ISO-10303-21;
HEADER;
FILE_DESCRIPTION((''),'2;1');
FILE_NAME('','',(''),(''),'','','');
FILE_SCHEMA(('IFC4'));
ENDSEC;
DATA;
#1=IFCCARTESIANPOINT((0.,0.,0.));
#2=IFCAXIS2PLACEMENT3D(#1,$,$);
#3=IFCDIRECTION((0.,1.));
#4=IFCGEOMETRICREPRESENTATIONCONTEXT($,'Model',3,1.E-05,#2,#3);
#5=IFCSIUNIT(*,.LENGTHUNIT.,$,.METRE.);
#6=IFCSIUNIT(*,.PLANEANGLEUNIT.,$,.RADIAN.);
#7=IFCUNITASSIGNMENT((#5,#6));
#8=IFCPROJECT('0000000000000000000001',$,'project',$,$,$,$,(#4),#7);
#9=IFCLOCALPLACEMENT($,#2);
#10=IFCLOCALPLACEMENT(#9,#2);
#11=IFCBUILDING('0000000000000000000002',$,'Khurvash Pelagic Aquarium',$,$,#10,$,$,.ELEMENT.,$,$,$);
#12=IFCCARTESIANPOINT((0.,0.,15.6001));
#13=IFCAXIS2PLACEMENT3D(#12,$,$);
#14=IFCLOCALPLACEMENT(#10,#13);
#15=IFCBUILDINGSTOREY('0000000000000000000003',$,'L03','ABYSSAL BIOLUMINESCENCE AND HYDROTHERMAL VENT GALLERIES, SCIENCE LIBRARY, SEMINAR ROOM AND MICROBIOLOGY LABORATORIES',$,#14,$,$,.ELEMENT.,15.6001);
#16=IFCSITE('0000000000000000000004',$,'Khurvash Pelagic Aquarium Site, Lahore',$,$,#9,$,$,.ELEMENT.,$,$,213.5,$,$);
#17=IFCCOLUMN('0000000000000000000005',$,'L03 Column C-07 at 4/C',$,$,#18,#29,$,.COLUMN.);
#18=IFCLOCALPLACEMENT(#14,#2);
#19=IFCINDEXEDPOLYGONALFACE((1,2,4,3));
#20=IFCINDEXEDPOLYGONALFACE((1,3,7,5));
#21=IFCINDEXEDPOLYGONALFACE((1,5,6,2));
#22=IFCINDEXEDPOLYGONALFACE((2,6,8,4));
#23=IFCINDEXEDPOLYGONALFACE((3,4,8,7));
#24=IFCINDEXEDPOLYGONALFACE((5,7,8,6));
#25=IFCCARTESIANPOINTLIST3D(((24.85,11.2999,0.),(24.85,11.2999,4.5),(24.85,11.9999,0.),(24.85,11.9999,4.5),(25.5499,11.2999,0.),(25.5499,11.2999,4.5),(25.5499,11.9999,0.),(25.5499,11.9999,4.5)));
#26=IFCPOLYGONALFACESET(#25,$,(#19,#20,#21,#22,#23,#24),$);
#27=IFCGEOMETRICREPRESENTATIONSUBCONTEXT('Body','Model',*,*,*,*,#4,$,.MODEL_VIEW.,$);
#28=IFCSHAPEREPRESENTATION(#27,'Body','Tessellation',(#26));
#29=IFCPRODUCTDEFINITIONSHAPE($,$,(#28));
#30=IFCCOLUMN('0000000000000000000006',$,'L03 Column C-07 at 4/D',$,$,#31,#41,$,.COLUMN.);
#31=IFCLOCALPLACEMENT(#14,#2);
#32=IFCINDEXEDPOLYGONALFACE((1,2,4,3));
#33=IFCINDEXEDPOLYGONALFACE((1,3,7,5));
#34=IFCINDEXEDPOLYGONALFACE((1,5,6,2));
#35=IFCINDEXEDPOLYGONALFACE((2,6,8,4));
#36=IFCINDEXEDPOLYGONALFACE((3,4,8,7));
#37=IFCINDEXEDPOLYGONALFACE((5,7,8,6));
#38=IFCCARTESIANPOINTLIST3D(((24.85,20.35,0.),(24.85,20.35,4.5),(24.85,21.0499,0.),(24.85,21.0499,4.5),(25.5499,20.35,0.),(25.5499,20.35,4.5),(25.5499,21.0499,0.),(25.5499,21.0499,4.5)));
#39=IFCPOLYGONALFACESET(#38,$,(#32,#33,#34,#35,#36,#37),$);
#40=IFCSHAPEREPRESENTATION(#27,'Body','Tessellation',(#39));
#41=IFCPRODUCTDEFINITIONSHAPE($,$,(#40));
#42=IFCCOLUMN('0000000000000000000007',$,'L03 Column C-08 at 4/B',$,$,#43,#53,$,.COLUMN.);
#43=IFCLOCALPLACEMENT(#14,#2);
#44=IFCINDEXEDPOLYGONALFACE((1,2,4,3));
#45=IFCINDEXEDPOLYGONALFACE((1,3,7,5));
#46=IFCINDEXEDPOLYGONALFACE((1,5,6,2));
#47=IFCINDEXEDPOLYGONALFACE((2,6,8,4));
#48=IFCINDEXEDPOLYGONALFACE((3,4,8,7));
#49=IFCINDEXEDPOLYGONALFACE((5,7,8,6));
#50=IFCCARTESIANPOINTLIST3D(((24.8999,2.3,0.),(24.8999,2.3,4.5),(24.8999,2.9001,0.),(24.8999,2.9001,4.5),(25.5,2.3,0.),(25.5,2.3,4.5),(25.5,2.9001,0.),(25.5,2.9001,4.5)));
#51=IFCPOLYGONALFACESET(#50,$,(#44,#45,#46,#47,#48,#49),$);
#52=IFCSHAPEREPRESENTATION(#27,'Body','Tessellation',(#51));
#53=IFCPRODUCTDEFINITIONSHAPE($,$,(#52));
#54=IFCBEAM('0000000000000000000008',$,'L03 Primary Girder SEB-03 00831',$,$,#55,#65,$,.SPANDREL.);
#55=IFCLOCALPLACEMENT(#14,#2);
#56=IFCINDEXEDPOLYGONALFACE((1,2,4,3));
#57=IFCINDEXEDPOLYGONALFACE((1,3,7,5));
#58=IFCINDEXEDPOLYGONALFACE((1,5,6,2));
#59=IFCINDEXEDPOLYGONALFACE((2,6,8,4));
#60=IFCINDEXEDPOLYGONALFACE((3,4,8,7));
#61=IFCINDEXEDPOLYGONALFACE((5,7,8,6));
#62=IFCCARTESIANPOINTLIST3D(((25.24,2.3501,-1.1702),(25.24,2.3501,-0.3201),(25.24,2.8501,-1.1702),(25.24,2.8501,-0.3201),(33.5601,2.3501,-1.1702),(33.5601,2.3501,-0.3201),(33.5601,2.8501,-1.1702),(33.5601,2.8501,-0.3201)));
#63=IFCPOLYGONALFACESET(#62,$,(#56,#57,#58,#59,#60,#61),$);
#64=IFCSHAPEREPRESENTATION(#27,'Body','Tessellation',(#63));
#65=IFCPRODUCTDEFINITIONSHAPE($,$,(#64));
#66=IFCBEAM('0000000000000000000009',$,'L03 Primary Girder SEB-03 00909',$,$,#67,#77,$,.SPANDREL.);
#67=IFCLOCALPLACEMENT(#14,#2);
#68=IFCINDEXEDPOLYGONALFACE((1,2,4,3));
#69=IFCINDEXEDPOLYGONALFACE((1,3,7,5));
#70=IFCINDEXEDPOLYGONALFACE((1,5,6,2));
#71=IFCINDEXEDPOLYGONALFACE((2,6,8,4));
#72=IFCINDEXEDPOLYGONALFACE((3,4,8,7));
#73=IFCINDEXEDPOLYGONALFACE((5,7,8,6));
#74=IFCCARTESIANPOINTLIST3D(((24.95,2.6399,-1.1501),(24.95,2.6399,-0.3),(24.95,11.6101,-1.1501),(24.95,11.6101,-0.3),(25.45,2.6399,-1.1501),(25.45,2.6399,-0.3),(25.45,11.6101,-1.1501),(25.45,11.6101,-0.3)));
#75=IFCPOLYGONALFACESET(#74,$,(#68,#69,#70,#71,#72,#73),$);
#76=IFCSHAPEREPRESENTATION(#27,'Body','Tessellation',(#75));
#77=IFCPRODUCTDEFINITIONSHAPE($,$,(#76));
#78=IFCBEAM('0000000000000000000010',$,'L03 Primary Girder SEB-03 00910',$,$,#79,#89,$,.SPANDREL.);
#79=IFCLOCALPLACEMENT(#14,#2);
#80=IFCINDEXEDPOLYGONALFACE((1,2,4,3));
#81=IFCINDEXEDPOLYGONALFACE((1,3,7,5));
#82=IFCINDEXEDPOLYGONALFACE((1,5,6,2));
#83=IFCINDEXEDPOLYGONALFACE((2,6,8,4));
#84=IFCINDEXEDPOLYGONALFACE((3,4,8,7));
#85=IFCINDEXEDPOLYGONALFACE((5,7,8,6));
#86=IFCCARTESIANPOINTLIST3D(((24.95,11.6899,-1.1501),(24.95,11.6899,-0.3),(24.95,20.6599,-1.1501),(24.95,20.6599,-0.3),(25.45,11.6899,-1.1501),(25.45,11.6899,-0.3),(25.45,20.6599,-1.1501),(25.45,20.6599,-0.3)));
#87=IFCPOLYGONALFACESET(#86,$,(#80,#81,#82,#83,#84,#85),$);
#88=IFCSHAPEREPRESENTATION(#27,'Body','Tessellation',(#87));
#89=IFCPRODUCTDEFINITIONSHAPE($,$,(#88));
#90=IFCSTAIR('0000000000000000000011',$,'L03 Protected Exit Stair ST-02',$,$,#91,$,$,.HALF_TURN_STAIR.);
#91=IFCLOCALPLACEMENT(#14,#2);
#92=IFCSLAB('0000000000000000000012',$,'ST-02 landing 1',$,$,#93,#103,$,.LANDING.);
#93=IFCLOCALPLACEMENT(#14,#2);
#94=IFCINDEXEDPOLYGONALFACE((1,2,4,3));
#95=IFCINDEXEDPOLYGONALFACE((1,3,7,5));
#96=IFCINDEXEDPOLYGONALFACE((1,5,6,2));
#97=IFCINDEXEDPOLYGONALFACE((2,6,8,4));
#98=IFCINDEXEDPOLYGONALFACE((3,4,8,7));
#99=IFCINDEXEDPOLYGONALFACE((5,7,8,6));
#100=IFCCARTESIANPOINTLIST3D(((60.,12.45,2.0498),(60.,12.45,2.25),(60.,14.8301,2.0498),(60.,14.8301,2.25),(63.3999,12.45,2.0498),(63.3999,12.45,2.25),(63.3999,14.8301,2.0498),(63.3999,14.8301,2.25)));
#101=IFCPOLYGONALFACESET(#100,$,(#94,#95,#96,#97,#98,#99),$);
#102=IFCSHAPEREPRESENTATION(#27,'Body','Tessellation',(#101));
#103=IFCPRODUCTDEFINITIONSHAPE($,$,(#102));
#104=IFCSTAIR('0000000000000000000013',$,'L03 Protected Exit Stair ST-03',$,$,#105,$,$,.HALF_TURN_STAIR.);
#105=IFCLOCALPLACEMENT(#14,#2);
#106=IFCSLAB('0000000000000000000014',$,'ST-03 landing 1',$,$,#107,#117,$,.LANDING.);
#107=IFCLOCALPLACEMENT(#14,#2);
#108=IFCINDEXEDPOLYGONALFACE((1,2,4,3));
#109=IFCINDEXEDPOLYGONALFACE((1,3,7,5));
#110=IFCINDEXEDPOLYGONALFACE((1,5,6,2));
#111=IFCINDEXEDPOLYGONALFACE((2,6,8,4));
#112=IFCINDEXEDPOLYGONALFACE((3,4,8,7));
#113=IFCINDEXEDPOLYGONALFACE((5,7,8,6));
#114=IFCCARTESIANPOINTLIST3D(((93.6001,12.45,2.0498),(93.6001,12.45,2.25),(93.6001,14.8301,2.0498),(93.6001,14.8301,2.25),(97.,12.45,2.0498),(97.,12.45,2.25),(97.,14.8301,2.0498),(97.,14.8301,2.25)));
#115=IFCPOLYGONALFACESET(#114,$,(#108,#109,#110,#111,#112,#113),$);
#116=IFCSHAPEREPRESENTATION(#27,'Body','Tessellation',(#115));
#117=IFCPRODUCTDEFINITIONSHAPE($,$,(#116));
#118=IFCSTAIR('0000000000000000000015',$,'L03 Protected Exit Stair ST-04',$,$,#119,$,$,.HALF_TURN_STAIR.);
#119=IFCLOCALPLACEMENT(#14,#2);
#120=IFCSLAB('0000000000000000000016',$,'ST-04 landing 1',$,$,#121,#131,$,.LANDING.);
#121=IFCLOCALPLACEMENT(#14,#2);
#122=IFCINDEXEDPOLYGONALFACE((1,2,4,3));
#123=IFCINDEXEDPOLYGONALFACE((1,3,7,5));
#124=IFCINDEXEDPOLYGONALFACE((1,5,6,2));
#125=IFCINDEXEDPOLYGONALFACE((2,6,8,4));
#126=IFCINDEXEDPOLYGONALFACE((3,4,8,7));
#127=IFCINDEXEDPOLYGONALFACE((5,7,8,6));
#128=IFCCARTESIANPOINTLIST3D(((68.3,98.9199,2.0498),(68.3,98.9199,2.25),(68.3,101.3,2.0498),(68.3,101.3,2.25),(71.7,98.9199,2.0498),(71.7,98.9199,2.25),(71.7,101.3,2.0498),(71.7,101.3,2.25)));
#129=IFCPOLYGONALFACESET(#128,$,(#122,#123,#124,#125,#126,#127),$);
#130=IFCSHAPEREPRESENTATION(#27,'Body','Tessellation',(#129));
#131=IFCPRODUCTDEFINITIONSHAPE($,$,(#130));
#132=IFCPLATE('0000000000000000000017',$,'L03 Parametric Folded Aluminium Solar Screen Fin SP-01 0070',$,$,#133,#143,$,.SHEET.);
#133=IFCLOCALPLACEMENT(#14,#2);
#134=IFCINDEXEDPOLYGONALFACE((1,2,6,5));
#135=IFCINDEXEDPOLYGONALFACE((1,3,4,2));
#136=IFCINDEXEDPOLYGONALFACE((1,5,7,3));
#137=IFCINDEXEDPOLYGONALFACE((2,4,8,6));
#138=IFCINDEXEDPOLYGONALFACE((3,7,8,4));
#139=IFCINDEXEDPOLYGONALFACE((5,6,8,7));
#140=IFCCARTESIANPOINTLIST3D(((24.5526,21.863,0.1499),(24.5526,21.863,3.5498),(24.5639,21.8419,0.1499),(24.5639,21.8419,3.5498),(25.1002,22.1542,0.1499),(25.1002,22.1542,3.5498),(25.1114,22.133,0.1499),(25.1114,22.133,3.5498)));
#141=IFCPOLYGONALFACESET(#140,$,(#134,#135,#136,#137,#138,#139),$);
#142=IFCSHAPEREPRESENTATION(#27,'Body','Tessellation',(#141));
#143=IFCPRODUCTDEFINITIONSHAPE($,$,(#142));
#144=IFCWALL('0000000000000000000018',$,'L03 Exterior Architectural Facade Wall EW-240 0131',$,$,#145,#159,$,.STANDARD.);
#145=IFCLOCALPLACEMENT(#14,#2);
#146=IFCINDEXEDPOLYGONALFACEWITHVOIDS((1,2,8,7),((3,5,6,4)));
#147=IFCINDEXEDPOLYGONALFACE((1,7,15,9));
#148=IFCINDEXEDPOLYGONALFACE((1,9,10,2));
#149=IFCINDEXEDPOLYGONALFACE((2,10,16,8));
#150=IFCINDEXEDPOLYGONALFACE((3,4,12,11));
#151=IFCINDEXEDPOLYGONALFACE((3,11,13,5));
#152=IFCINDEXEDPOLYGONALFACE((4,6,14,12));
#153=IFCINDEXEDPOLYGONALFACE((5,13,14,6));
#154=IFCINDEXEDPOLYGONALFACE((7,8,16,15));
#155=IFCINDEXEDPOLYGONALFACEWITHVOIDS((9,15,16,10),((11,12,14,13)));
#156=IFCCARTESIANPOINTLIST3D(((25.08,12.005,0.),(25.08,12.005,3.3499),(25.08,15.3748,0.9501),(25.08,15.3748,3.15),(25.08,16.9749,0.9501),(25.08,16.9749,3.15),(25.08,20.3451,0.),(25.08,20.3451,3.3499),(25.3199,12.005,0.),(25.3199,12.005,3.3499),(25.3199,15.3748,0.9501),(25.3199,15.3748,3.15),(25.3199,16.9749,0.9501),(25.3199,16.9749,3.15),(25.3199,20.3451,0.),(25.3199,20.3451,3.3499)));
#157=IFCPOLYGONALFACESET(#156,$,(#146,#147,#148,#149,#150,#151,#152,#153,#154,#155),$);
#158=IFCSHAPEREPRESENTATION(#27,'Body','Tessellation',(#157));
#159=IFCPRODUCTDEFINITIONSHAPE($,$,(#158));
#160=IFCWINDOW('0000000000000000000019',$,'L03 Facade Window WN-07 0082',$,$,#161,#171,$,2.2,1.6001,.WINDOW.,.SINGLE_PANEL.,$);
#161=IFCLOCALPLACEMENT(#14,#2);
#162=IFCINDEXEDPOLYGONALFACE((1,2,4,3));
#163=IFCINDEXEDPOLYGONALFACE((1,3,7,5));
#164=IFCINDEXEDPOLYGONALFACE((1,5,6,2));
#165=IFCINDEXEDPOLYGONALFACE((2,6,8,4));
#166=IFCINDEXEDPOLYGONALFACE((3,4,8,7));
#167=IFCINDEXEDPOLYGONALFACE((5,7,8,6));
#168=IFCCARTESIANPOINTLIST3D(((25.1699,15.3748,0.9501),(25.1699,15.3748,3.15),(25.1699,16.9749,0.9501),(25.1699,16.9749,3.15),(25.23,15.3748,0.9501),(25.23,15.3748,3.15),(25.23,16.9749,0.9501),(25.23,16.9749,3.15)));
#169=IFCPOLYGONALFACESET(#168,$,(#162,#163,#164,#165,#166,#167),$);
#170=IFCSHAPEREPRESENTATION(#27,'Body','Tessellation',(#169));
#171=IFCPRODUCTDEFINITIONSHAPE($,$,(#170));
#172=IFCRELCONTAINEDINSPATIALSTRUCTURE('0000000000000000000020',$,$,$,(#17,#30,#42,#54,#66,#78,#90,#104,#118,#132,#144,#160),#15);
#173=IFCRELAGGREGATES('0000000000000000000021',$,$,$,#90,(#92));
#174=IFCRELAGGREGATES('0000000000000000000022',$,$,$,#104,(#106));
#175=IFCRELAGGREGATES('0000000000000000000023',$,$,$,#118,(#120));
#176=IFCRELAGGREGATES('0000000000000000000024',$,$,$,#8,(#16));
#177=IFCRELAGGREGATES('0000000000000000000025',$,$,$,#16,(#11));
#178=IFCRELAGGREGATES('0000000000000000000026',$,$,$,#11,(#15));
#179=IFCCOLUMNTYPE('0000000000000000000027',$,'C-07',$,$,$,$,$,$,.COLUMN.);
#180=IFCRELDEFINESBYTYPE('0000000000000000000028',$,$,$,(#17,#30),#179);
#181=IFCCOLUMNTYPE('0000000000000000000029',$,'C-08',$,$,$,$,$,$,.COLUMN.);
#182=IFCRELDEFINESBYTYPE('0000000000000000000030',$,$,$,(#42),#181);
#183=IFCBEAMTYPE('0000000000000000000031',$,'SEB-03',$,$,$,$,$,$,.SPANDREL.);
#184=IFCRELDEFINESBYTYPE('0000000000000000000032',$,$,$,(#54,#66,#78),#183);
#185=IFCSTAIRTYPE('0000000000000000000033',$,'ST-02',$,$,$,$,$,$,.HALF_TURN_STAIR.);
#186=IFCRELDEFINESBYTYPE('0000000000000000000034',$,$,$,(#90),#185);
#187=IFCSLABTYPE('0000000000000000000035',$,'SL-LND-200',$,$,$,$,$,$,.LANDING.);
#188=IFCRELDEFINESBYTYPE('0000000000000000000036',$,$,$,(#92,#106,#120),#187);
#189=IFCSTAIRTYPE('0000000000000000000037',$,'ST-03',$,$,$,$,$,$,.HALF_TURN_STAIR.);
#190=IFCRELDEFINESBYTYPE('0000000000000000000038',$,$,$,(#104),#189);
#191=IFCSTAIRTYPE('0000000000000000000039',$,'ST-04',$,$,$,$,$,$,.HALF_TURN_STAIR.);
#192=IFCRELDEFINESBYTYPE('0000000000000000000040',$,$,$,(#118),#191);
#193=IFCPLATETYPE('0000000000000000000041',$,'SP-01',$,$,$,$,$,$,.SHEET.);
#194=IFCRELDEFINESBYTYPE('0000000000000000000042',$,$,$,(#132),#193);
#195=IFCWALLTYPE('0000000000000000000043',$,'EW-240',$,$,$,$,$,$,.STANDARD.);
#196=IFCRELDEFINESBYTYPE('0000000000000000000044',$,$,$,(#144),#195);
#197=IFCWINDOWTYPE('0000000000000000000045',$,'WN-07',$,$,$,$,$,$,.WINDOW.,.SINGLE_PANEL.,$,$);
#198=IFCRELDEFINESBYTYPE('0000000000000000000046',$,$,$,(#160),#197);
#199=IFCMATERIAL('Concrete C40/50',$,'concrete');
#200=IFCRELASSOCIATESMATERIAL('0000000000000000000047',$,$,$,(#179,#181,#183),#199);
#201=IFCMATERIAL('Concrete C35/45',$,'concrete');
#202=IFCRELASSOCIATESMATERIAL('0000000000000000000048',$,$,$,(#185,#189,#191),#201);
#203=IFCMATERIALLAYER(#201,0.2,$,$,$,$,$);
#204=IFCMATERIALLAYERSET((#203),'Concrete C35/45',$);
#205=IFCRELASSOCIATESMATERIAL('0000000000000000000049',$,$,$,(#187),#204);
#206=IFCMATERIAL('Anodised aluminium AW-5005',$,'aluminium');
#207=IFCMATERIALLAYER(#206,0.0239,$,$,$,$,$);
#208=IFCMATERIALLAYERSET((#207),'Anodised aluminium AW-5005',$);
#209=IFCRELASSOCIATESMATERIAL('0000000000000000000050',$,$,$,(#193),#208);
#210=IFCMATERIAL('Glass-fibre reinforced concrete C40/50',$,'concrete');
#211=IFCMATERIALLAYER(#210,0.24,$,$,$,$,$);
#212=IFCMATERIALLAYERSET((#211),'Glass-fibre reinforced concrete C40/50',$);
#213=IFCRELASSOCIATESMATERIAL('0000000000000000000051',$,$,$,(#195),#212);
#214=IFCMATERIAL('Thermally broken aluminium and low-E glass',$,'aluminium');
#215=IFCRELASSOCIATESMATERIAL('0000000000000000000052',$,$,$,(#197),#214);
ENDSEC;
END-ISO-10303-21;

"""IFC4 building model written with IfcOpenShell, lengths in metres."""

from ifc_helpers import new_model, si_unit, direction, frame, frame_2d, origin, origin_2d, place, context, subcontext, project, spatial, polyline, rectangle, outline, extrude, material, layer, layer_set, material_profile, profile_set, type_object, element, fill, aggregate, save


model = new_model("IFC4")

# Units and contexts
model_context = context("Model", 3, precision=1e-05, world=origin(), true_north=direction((0.0, 1.0)))
body_context = subcontext(model_context, "Body", "Model", "MODEL_VIEW")
ifc_project = project(units=[si_unit("LENGTHUNIT", "METRE"), si_unit("PLANEANGLEUNIT", "RADIAN")], contexts=[model_context])

# Site, building, storey
site_placement = place(None, origin())
site = spatial("IfcSite", under=ifc_project, at=site_placement, Name="Khurvash Pelagic Aquarium Site, Lahore", CompositionType="ELEMENT", RefElevation=213.5)
building_placement = place(site_placement, origin())
building = spatial("IfcBuilding", under=site, at=building_placement, Name="Khurvash Pelagic Aquarium", CompositionType="ELEMENT")
storey_placement = place(building_placement, frame((0.0, 0.0, 15.6001)))
storey = spatial("IfcBuildingStorey", under=building, at=storey_placement, Name="L03", Description="ABYSSAL BIOLUMINESCENCE AND HYDROTHERMAL VENT GALLERIES, SCIENCE LIBRARY, SEMINAR ROOM AND MICROBIOLOGY LABORATORIES", CompositionType="ELEMENT", Elevation=15.6001)

# Columns
ifc_material_1 = material(Name="Concrete C40/50", Category="concrete")
ifc_material_profile_1 = material_profile(ifc_material_1, rectangle(XDim=0.7, YDim=0.7, at=origin_2d()), Name="RC700X700")
ifc_profile_set_1 = profile_set([ifc_material_profile_1], Name="Concrete C40/50")
column_type_1 = type_object("IfcColumnType", Name="C-07", PredefinedType="COLUMN", material=ifc_profile_set_1)
for number, where, z_axis, x_axis, name in (
    (1, (25.2, 11.6499, 0.0), (0.0, 0.0, 1.0), (1.0, 0.0, 0.0), "L03 Column C-07 at 4/C"),
    (2, (25.2, 20.7, 0.0), (0.0, 0.0, 1.0), (1.0, 0.0, 0.0), "L03 Column C-07 at 4/D"),
):
    element("IfcColumn", number, at=place(storey_placement, frame(where, z_axis=z_axis, x_axis=x_axis)), inside=storey, type_object=column_type_1, Name=name, PredefinedType="COLUMN", context=body_context, shape_type="SweptSolid", body=[
        extrude(rectangle(XDim=0.7, YDim=0.7, at=origin_2d()), origin(), (0.0, 0.0, 1.0), 4.5),
    ])
ifc_material_profile_2 = material_profile(ifc_material_1, rectangle(XDim=0.6001, YDim=0.6001, at=origin_2d()), Name="RC600X600")
ifc_profile_set_2 = profile_set([ifc_material_profile_2], Name="Concrete C40/50")
column_type_2 = type_object("IfcColumnType", Name="C-08", PredefinedType="COLUMN", material=ifc_profile_set_2)
column_placement = place(storey_placement, frame((25.2, 2.6001, 0.0), z_axis=(0.0, 0.0, 1.0), x_axis=(1.0, 0.0, 0.0)))
element("IfcColumn", 3, at=column_placement, inside=storey, type_object=column_type_2, Name="L03 Column C-08 at 4/B", PredefinedType="COLUMN", context=body_context, shape_type="SweptSolid", body=[
    extrude(rectangle(XDim=0.6001, YDim=0.6001, at=origin_2d()), origin(), (0.0, 0.0, 1.0), 4.5),
])

# Beams
ifc_material_profile_3 = material_profile(ifc_material_1, rectangle(XDim=0.5, YDim=0.8501, at=origin_2d()), Name="RC500X850")
ifc_profile_set_3 = profile_set([ifc_material_profile_3], Name="Concrete C40/50")
beam_type = type_object("IfcBeamType", Name="SEB-03", PredefinedType="SPANDREL", material=ifc_profile_set_3)
beam_1_placement = place(storey_placement, frame((25.24, 2.6001, -0.7451), z_axis=(1.0, 0.0, 0.0), x_axis=(0.0, 1.0, 0.0)))
element("IfcBeam", 4, at=beam_1_placement, inside=storey, type_object=beam_type, Name="L03 Primary Girder SEB-03 00831", PredefinedType="SPANDREL", context=body_context, shape_type="SweptSolid", body=[
    extrude(rectangle(XDim=0.5, YDim=0.8501, at=origin_2d()), origin(), (0.0, 0.0, 1.0), 8.3201),
])
beam_2_placement = place(storey_placement, frame((25.2, 2.6399, -0.7251), z_axis=(0.0, 1.0, 0.0), x_axis=(-1.0, 0.0, 0.0)))
element("IfcBeam", 5, at=beam_2_placement, inside=storey, type_object=beam_type, Name="L03 Primary Girder SEB-03 00909", PredefinedType="SPANDREL", context=body_context, shape_type="SweptSolid", body=[
    extrude(rectangle(XDim=0.5, YDim=0.8501, at=origin_2d()), origin(), (0.0, 0.0, 1.0), 8.9702),
])
beam_3_placement = place(storey_placement, frame((25.2, 11.6899, -0.7251), z_axis=(0.0, 1.0, 0.0), x_axis=(-1.0, 0.0, 0.0)))
element("IfcBeam", 6, at=beam_3_placement, inside=storey, type_object=beam_type, Name="L03 Primary Girder SEB-03 00910", PredefinedType="SPANDREL", context=body_context, shape_type="SweptSolid", body=[
    extrude(rectangle(XDim=0.5, YDim=0.8501, at=origin_2d()), origin(), (0.0, 0.0, 1.0), 8.97),
])

# Stairs, slabs
ifc_material_2 = material(Name="Concrete C35/45", Category="concrete")
stair_type_1 = type_object("IfcStairType", Name="ST-02", PredefinedType="HALF_TURN_STAIR", material=ifc_material_2)
stair_1_placement = place(storey_placement, origin())
stair_1 = element("IfcStair", 7, at=stair_1_placement, inside=storey, type_object=stair_type_1, Name="L03 Protected Exit Stair ST-02", PredefinedType="HALF_TURN_STAIR")
ifc_layer_1 = layer(ifc_material_2, 0.2)
ifc_layer_set_1 = layer_set([ifc_layer_1], Name="Concrete C35/45")
slab_type = type_object("IfcSlabType", Name="SL-LND-200", PredefinedType="LANDING", material=ifc_layer_set_1)
slab_1_placement = place(storey_placement, frame((0.0, 0.0, 2.0498)))
slab_1 = element("IfcSlab", 8, at=slab_1_placement, type_object=slab_type, Name="ST-02 landing 1", PredefinedType="LANDING", context=body_context, shape_type="SweptSolid", body=[
    extrude(outline(polyline([(60.0, 14.8301), (60.0, 12.45), (63.3999, 12.45), (63.3999, 14.8301), (60.0, 14.8301)])), origin(), (0.0, 0.0, 1.0), 0.2002),
])
aggregate(stair_1, [slab_1])
stair_type_2 = type_object("IfcStairType", Name="ST-03", PredefinedType="HALF_TURN_STAIR", material=ifc_material_2)
stair_2_placement = place(storey_placement, origin())
stair_2 = element("IfcStair", 9, at=stair_2_placement, inside=storey, type_object=stair_type_2, Name="L03 Protected Exit Stair ST-03", PredefinedType="HALF_TURN_STAIR")
slab_2_placement = place(storey_placement, frame((0.0, 0.0, 2.0498)))
slab_2 = element("IfcSlab", 10, at=slab_2_placement, type_object=slab_type, Name="ST-03 landing 1", PredefinedType="LANDING", context=body_context, shape_type="SweptSolid", body=[
    extrude(outline(polyline([(93.6001, 14.8301), (93.6001, 12.45), (97.0, 12.45), (97.0, 14.8301), (93.6001, 14.8301)])), origin(), (0.0, 0.0, 1.0), 0.2002),
])
aggregate(stair_2, [slab_2])
stair_type_3 = type_object("IfcStairType", Name="ST-04", PredefinedType="HALF_TURN_STAIR", material=ifc_material_2)
stair_3_placement = place(storey_placement, origin())
stair_3 = element("IfcStair", 11, at=stair_3_placement, inside=storey, type_object=stair_type_3, Name="L03 Protected Exit Stair ST-04", PredefinedType="HALF_TURN_STAIR")
slab_3_placement = place(storey_placement, frame((0.0, 0.0, 2.0498)))
slab_3 = element("IfcSlab", 12, at=slab_3_placement, type_object=slab_type, Name="ST-04 landing 1", PredefinedType="LANDING", context=body_context, shape_type="SweptSolid", body=[
    extrude(outline(polyline([(71.7, 98.9199), (71.7, 101.3), (68.3, 101.3), (68.3, 98.9199), (71.7, 98.9199)])), origin(), (0.0, 0.0, 1.0), 0.2002),
])
aggregate(stair_3, [slab_3])

# Plate
ifc_material_3 = material(Name="Anodised aluminium AW-5005", Category="aluminium")
ifc_layer_2 = layer(ifc_material_3, 0.0239)
ifc_layer_set_2 = layer_set([ifc_layer_2], Name="Anodised aluminium AW-5005")
plate_type = type_object("IfcPlateType", Name="SP-01", PredefinedType="SHEET", material=ifc_layer_set_2)
plate_placement = place(storey_placement, frame((24.832, 21.998, 0.1499), z_axis=(0.0, 0.0, 1.0), x_axis=(-0.882948, -0.469472, 0.0)))
element("IfcPlate", 13, at=plate_placement, inside=storey, type_object=plate_type, Name="L03 Parametric Folded Aluminium Solar Screen Fin SP-01 0070", PredefinedType="SHEET", context=body_context, shape_type="SweptSolid", body=[
    extrude(rectangle(XDim=0.6201, YDim=0.0239, at=origin_2d()), origin(), (0.0, 0.0, 1.0), 3.3999),
])

# Wall, opening, window
ifc_material_4 = material(Name="Glass-fibre reinforced concrete C40/50", Category="concrete")
ifc_layer_3 = layer(ifc_material_4, 0.24)
ifc_layer_set_3 = layer_set([ifc_layer_3], Name="Glass-fibre reinforced concrete C40/50")
wall_type = type_object("IfcWallType", Name="EW-240", PredefinedType="STANDARD", material=ifc_layer_set_3)
wall_1_placement = place(storey_placement, frame((25.2, 20.345, 0.0), z_axis=(0.0, 0.0, 1.0), x_axis=(0.0, -1.0, 0.0)))
wall_1 = element("IfcWall", 14, at=wall_1_placement, inside=storey, type_object=wall_type, Name="L03 Exterior Architectural Facade Wall EW-240 0131", PredefinedType="STANDARD", context=body_context, shape_type="SweptSolid", body=[
    extrude(rectangle(XDim=8.3401, YDim=0.24, at=frame_2d((4.1699, 0.0))), origin(), (0.0, 0.0, 1.0), 3.3499),
])
opening_1_placement = place(wall_1_placement, frame((3.3701, 0.0, 0.95)))
opening_1 = element("IfcOpeningElement", 15, at=opening_1_placement, cuts=wall_1, PredefinedType="OPENING", context=body_context, shape_type="SweptSolid", body=[
    extrude(rectangle(XDim=1.6001, YDim=2.2, at=frame_2d((0.8, 1.1001))), frame((0.0, 0.1299, 0.0), z_axis=(0.0, -1.0, 0.0), x_axis=(1.0, 0.0, 0.0)), (0.0, 0.0, 1.0), 0.26),
])
ifc_material_5 = material(Name="Thermally broken aluminium and low-E glass", Category="aluminium")
window_type_1 = type_object("IfcWindowType", Name="WN-07", PartitioningType="SINGLE_PANEL", PredefinedType="WINDOW", material=ifc_material_5)
window_1_placement = place(opening_1_placement, origin())
window_1 = element("IfcWindow", 16, at=window_1_placement, inside=storey, type_object=window_type_1, Name="L03 Facade Window WN-07 0082", OverallHeight=2.2, OverallWidth=1.6001, PartitioningType="SINGLE_PANEL", PredefinedType="WINDOW", context=body_context, shape_type="SweptSolid", body=[
    extrude(rectangle(XDim=1.6001, YDim=2.2, at=frame_2d((0.8, 1.1001))), frame((0.0, 0.03, 0.0), z_axis=(0.0, -1.0, 0.0), x_axis=(1.0, 0.0, 0.0)), (0.0, 0.0, 1.0), 0.0601),
])
fill(opening_1, window_1)

save(model, "model.ifc")
